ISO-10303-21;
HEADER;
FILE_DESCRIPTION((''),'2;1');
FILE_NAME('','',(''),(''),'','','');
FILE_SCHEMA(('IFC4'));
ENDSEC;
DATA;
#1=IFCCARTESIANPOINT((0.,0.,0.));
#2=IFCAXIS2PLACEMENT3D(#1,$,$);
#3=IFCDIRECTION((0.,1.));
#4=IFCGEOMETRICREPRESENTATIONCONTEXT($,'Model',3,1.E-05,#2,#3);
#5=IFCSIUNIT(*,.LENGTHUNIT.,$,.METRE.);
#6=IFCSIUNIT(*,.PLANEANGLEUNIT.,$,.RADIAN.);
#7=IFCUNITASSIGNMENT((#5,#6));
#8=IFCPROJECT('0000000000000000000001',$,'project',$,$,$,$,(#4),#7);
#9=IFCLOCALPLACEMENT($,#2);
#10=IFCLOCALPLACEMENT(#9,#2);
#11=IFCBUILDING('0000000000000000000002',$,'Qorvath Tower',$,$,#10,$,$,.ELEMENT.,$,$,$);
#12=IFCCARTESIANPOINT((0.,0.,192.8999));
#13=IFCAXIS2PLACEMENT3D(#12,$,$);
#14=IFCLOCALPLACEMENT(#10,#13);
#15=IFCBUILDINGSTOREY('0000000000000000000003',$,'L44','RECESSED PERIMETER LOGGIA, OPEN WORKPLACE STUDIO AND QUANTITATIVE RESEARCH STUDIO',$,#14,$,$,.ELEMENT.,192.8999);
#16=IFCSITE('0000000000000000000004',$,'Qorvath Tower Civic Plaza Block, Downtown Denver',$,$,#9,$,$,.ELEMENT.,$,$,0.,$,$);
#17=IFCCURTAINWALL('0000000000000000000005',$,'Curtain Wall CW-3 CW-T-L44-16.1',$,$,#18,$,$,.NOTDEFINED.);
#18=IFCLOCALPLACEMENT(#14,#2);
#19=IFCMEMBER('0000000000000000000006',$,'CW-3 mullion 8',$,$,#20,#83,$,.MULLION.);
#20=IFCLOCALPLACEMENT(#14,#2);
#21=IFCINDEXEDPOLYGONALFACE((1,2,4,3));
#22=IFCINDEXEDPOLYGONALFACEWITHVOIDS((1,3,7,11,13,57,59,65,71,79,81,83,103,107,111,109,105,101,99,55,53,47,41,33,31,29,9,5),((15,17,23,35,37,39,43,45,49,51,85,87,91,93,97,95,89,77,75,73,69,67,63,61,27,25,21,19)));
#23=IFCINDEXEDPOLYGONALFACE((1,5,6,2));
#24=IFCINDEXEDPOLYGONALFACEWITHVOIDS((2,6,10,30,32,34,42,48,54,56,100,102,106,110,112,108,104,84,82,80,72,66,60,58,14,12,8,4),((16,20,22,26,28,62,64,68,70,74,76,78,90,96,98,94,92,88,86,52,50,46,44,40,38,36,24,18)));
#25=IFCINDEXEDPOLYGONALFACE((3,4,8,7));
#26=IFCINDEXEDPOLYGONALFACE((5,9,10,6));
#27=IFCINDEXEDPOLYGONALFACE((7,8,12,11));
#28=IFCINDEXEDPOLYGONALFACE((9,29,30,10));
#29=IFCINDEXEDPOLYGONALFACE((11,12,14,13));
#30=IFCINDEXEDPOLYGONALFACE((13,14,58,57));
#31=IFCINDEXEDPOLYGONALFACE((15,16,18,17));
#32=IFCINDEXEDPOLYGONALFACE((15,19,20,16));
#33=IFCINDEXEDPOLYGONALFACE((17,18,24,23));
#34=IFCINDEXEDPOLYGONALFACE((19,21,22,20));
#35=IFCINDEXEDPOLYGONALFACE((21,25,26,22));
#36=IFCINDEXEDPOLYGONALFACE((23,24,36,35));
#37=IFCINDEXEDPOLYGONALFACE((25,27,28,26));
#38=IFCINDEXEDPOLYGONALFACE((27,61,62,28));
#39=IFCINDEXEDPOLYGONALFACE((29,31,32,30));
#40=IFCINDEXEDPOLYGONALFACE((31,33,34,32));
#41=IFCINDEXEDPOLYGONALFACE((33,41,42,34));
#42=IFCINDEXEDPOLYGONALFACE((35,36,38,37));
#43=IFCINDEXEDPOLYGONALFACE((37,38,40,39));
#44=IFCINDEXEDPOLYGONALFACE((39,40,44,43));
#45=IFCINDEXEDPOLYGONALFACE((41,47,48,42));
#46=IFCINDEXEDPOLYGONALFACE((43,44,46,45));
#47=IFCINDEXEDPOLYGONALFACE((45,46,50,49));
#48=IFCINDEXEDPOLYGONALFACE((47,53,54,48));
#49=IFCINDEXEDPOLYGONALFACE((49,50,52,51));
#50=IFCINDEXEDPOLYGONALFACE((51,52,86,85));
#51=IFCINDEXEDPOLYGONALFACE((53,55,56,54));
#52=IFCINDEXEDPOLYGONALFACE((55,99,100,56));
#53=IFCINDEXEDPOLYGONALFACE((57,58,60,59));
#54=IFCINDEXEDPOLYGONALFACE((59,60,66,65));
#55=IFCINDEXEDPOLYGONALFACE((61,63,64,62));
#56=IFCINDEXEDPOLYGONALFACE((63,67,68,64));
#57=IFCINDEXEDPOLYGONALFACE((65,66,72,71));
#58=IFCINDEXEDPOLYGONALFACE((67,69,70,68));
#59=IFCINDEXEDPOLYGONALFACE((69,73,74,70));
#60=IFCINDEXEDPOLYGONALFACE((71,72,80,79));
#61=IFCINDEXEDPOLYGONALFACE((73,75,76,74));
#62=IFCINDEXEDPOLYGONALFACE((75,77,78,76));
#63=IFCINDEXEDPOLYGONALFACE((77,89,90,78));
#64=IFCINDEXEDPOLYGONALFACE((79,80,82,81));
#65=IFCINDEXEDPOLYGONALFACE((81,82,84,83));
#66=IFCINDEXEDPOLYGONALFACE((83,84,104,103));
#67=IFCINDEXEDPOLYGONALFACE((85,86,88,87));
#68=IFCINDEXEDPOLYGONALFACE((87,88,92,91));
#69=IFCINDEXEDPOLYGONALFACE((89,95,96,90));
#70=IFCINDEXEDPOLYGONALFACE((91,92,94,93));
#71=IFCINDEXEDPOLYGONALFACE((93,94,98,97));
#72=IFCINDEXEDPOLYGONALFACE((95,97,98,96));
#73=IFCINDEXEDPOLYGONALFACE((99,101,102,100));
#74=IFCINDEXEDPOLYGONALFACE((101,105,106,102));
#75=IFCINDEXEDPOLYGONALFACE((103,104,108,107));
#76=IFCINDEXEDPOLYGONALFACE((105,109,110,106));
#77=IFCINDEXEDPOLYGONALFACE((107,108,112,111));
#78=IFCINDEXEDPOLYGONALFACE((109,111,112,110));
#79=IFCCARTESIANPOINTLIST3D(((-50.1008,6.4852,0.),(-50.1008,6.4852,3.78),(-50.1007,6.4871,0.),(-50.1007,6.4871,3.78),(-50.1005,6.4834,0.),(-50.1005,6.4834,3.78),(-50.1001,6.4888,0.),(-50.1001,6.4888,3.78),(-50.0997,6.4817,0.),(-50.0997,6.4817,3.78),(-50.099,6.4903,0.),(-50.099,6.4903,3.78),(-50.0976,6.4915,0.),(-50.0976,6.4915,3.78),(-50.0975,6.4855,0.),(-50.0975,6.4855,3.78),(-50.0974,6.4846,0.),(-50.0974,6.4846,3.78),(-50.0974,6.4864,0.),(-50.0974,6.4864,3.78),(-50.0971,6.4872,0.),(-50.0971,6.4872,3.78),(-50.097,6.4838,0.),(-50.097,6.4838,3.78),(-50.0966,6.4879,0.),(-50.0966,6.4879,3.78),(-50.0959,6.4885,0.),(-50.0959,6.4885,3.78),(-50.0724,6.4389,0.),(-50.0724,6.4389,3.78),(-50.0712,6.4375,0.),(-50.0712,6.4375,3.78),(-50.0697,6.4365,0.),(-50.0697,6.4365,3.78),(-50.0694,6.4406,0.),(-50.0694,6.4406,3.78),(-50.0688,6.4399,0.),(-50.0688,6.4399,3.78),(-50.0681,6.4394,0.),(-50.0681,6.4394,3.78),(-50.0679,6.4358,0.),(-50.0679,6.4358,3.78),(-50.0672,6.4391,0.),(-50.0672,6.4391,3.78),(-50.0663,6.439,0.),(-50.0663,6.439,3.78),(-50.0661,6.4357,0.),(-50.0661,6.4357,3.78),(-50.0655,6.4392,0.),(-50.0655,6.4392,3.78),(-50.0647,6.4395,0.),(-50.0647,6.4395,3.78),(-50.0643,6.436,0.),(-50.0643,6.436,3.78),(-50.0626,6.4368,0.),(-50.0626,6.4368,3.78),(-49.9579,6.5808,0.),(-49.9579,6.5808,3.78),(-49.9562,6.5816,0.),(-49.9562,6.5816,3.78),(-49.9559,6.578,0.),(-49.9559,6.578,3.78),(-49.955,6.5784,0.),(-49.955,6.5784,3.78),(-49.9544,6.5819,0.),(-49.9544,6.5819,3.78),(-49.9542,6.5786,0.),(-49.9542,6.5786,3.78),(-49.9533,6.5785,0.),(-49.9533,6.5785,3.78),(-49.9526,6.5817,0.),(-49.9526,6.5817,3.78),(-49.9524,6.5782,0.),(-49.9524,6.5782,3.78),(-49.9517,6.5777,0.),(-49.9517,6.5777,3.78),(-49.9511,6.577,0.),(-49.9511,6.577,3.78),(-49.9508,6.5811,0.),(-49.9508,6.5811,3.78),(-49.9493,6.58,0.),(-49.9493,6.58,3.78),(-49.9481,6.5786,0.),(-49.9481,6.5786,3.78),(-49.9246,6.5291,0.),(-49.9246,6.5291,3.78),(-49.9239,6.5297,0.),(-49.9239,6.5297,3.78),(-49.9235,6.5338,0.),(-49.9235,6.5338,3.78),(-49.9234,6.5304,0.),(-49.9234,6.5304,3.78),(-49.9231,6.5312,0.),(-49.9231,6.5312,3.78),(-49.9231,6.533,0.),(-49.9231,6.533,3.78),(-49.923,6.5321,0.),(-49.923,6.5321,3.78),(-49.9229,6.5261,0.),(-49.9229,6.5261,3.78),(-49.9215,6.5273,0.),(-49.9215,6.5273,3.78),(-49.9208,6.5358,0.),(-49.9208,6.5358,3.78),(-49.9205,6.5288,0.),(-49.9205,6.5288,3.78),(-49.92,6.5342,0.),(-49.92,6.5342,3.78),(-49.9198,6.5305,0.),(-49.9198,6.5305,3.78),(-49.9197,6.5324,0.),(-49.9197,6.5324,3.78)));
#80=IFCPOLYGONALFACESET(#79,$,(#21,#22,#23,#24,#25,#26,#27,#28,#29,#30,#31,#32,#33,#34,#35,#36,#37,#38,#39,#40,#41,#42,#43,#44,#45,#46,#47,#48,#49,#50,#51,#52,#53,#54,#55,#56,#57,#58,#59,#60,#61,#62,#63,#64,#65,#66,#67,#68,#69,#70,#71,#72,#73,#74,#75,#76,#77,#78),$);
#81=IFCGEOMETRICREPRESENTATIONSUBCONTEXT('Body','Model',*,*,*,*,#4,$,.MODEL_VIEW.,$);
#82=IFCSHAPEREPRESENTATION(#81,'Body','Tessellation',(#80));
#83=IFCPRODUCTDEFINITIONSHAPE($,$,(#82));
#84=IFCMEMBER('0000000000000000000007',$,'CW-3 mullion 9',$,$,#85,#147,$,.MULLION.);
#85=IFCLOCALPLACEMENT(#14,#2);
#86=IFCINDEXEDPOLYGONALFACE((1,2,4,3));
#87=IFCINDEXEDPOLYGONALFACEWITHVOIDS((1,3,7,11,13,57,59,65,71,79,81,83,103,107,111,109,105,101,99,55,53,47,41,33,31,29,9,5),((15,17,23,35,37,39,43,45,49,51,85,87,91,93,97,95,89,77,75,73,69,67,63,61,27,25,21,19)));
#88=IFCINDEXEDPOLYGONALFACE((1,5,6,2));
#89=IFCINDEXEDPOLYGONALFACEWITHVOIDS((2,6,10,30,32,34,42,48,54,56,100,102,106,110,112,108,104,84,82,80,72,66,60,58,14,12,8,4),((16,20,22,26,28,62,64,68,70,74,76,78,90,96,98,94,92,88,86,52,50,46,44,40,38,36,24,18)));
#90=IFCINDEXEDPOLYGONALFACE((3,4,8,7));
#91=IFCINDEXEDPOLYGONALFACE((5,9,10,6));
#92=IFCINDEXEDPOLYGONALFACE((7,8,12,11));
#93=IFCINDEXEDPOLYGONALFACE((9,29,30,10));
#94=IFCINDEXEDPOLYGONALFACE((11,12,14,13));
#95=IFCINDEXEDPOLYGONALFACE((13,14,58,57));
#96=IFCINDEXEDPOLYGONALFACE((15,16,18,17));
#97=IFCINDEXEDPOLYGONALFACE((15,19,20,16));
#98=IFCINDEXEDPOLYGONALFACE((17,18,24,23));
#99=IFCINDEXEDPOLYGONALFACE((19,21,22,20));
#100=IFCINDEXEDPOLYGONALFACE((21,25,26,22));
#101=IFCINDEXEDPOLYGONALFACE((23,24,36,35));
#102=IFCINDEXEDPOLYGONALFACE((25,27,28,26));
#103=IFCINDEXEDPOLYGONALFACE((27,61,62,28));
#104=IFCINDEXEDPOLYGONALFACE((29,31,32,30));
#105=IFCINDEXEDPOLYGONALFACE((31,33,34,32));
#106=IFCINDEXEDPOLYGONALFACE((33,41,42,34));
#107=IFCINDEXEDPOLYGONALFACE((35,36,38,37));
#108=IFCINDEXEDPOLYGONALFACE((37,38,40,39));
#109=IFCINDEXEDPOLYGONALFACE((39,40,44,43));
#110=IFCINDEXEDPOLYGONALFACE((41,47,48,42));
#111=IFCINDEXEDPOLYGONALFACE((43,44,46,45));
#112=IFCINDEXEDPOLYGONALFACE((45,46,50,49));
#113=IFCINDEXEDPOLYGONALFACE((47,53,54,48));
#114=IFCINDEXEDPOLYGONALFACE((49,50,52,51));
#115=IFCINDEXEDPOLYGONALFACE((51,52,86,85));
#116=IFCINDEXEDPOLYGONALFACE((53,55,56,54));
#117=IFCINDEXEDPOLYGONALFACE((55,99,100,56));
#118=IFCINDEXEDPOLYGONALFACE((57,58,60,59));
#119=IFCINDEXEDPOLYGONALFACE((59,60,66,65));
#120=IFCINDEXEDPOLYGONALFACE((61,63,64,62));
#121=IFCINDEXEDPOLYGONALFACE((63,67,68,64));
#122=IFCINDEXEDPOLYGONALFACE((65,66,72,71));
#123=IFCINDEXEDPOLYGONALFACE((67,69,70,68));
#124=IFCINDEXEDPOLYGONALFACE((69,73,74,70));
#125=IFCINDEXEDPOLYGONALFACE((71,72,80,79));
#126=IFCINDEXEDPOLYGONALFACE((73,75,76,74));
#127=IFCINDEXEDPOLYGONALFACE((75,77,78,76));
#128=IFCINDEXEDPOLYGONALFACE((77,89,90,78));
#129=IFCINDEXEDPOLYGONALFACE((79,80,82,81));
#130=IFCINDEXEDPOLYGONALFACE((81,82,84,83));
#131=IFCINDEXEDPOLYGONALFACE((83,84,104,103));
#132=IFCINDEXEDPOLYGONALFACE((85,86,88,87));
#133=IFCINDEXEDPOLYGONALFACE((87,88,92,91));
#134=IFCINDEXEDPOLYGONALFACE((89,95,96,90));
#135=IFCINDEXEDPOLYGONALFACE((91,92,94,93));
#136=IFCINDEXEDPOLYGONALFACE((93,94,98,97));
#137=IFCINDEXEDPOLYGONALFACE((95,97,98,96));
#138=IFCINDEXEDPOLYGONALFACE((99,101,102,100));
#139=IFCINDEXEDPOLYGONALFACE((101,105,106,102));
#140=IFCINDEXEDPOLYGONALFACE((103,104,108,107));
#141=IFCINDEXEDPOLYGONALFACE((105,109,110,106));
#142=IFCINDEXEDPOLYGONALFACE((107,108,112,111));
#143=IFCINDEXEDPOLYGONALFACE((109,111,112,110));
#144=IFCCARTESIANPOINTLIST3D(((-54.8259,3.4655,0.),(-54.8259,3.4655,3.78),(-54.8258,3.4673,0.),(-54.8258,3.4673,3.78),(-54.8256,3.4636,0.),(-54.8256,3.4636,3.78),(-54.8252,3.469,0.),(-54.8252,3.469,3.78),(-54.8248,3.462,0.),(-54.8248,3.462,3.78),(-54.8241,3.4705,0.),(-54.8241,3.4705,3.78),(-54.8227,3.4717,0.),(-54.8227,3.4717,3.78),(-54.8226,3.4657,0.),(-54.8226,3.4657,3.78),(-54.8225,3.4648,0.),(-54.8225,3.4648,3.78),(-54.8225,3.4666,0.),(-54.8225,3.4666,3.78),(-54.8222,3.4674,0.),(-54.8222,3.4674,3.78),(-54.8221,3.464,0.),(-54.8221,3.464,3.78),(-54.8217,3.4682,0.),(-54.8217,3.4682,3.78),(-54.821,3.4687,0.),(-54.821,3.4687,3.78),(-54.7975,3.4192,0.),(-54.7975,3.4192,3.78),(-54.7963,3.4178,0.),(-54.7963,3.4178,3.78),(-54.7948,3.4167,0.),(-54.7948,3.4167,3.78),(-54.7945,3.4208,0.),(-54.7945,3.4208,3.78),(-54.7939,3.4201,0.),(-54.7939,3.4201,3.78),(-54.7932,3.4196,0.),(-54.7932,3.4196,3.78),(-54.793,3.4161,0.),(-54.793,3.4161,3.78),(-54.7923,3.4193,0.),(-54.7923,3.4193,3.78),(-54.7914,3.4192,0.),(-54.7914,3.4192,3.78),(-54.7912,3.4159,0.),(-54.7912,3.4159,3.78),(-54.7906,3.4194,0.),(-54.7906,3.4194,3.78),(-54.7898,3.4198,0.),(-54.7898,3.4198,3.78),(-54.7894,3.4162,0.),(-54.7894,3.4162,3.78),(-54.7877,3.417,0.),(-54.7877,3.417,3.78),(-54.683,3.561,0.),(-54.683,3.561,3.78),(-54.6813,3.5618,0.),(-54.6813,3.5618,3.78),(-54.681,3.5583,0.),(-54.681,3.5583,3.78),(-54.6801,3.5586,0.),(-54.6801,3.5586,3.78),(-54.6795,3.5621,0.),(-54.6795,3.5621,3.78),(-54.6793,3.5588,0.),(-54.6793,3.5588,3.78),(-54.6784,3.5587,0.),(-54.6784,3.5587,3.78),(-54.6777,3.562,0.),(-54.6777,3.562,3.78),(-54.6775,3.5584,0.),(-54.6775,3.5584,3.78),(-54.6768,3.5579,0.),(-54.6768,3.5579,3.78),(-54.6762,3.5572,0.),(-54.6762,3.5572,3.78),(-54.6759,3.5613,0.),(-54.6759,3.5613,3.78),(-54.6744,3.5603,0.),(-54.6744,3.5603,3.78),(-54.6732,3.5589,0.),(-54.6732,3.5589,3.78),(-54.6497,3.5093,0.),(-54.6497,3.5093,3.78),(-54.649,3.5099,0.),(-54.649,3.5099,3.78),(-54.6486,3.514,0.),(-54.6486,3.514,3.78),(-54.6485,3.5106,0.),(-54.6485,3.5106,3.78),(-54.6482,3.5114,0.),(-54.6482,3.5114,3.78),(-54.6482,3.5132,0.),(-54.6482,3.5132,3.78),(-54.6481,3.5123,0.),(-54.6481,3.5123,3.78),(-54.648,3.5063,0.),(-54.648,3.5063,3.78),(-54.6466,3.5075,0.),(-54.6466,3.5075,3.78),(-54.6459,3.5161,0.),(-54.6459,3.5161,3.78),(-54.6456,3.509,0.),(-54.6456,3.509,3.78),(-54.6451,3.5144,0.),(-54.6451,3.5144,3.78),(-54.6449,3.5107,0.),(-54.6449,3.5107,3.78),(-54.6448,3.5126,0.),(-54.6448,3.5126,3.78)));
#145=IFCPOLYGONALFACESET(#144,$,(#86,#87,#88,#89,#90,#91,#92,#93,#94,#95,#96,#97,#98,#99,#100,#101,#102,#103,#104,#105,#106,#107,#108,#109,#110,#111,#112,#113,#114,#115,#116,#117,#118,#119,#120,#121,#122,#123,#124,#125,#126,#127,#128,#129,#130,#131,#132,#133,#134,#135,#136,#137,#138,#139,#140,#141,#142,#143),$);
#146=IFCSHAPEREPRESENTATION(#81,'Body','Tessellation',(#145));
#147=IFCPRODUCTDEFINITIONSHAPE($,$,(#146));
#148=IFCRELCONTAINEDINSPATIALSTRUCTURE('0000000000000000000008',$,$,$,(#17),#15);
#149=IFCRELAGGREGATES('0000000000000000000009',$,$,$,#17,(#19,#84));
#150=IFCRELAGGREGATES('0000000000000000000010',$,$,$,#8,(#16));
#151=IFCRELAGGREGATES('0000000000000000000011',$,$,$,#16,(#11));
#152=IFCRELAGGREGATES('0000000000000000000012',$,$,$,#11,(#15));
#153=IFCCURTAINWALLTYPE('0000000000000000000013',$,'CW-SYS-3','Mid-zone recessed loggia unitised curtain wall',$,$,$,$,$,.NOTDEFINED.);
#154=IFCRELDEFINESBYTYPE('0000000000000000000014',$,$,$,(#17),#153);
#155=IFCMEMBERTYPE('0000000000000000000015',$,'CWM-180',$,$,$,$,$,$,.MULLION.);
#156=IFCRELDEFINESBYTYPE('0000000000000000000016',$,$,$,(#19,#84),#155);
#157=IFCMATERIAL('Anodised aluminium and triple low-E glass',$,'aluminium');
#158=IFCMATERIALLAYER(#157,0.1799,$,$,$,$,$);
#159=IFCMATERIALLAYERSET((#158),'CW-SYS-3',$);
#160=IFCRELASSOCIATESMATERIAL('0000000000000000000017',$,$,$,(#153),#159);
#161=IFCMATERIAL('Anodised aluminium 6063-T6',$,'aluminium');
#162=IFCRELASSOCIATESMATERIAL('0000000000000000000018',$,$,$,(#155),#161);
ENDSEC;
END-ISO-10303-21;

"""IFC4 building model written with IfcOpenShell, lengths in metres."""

from ifc_helpers import new_model, si_unit, direction, frame, origin, origin_2d, place, context, subcontext, project, spatial, hollow_rectangle, extrude, material, layer, layer_set, material_profile, profile_set, type_object, element, aggregate, save


model = new_model("IFC4")

# Units and contexts
model_context = context("Model", 3, precision=1e-05, world=origin(), true_north=direction((0.0, 1.0)))
body_context = subcontext(model_context, "Body", "Model", "MODEL_VIEW")
ifc_project = project(units=[si_unit("LENGTHUNIT", "METRE"), si_unit("PLANEANGLEUNIT", "RADIAN")], contexts=[model_context])

# Site, building, storey
site_placement = place(None, origin())
site = spatial("IfcSite", under=ifc_project, at=site_placement, Name="Qorvath Tower Civic Plaza Block, Downtown Denver", CompositionType="ELEMENT", RefElevation=0.0)
building_placement = place(site_placement, origin())
building = spatial("IfcBuilding", under=site, at=building_placement, Name="Qorvath Tower", CompositionType="ELEMENT")
storey_placement = place(building_placement, frame((0.0, 0.0, 192.8999)))
storey = spatial("IfcBuildingStorey", under=building, at=storey_placement, Name="L44", Description="RECESSED PERIMETER LOGGIA, OPEN WORKPLACE STUDIO AND QUANTITATIVE RESEARCH STUDIO", CompositionType="ELEMENT", Elevation=192.8999)

# Curtain wall, members
ifc_material_1 = material(Name="Anodised aluminium and triple low-E glass", Category="aluminium")
ifc_layer_1 = layer(ifc_material_1, 0.1799)
ifc_layer_set_1 = layer_set([ifc_layer_1], Name="CW-SYS-3")
curtain_wall_type = type_object("IfcCurtainWallType", Name="CW-SYS-3", Description="Mid-zone recessed loggia unitised curtain wall", PredefinedType="NOTDEFINED", material=ifc_layer_set_1)
curtain_wall_placement = place(storey_placement, origin())
curtain_wall = element("IfcCurtainWall", 1, at=curtain_wall_placement, inside=storey, type_object=curtain_wall_type, Name="Curtain Wall CW-3 CW-T-L44-16.1", PredefinedType="NOTDEFINED")
ifc_material_2 = material(Name="Anodised aluminium 6063-T6", Category="aluminium")
ifc_material_profile_1 = material_profile(ifc_material_2, hollow_rectangle(XDim=0.0649, YDim=0.1799, WallThickness=0.0034, InnerFilletRadius=0.0034, OuterFilletRadius=0.0071, at=origin_2d()), Name="CWM 180x65")
ifc_profile_set_1 = profile_set([ifc_material_profile_1], Name="Anodised aluminium 6063-T6")
member_type_1 = type_object("IfcMemberType", Name="CWM-180", PredefinedType="MULLION", material=ifc_profile_set_1)
member_1_placement = place(storey_placement, frame((-50.0103, 6.5088, 0.0), z_axis=(0.0, 0.0, 1.0), x_axis=(0.538534, -0.842604, 0.0)))
member_1 = element("IfcMember", 2, at=member_1_placement, type_object=member_type_1, Name="CW-3 mullion 8", PredefinedType="MULLION", context=body_context, shape_type="SweptSolid", body=[
    extrude(hollow_rectangle(XDim=0.0649, YDim=0.1799, WallThickness=0.0034, InnerFilletRadius=0.0034, OuterFilletRadius=0.0071, at=origin_2d()), origin(), (0.0, 0.0, 1.0), 3.78),
])
member_2_placement = place(storey_placement, frame((-54.7354, 3.489, 0.0), z_axis=(0.0, 0.0, 1.0), x_axis=(0.538534, -0.842604, 0.0)))
member_2 = element("IfcMember", 3, at=member_2_placement, type_object=member_type_1, Name="CW-3 mullion 9", PredefinedType="MULLION", context=body_context, shape_type="SweptSolid", body=[
    extrude(hollow_rectangle(XDim=0.0649, YDim=0.1799, WallThickness=0.0034, InnerFilletRadius=0.0034, OuterFilletRadius=0.0071, at=origin_2d()), origin(), (0.0, 0.0, 1.0), 3.78),
])
aggregate(curtain_wall, [member_1, member_2])

save(model, "model.ifc")
